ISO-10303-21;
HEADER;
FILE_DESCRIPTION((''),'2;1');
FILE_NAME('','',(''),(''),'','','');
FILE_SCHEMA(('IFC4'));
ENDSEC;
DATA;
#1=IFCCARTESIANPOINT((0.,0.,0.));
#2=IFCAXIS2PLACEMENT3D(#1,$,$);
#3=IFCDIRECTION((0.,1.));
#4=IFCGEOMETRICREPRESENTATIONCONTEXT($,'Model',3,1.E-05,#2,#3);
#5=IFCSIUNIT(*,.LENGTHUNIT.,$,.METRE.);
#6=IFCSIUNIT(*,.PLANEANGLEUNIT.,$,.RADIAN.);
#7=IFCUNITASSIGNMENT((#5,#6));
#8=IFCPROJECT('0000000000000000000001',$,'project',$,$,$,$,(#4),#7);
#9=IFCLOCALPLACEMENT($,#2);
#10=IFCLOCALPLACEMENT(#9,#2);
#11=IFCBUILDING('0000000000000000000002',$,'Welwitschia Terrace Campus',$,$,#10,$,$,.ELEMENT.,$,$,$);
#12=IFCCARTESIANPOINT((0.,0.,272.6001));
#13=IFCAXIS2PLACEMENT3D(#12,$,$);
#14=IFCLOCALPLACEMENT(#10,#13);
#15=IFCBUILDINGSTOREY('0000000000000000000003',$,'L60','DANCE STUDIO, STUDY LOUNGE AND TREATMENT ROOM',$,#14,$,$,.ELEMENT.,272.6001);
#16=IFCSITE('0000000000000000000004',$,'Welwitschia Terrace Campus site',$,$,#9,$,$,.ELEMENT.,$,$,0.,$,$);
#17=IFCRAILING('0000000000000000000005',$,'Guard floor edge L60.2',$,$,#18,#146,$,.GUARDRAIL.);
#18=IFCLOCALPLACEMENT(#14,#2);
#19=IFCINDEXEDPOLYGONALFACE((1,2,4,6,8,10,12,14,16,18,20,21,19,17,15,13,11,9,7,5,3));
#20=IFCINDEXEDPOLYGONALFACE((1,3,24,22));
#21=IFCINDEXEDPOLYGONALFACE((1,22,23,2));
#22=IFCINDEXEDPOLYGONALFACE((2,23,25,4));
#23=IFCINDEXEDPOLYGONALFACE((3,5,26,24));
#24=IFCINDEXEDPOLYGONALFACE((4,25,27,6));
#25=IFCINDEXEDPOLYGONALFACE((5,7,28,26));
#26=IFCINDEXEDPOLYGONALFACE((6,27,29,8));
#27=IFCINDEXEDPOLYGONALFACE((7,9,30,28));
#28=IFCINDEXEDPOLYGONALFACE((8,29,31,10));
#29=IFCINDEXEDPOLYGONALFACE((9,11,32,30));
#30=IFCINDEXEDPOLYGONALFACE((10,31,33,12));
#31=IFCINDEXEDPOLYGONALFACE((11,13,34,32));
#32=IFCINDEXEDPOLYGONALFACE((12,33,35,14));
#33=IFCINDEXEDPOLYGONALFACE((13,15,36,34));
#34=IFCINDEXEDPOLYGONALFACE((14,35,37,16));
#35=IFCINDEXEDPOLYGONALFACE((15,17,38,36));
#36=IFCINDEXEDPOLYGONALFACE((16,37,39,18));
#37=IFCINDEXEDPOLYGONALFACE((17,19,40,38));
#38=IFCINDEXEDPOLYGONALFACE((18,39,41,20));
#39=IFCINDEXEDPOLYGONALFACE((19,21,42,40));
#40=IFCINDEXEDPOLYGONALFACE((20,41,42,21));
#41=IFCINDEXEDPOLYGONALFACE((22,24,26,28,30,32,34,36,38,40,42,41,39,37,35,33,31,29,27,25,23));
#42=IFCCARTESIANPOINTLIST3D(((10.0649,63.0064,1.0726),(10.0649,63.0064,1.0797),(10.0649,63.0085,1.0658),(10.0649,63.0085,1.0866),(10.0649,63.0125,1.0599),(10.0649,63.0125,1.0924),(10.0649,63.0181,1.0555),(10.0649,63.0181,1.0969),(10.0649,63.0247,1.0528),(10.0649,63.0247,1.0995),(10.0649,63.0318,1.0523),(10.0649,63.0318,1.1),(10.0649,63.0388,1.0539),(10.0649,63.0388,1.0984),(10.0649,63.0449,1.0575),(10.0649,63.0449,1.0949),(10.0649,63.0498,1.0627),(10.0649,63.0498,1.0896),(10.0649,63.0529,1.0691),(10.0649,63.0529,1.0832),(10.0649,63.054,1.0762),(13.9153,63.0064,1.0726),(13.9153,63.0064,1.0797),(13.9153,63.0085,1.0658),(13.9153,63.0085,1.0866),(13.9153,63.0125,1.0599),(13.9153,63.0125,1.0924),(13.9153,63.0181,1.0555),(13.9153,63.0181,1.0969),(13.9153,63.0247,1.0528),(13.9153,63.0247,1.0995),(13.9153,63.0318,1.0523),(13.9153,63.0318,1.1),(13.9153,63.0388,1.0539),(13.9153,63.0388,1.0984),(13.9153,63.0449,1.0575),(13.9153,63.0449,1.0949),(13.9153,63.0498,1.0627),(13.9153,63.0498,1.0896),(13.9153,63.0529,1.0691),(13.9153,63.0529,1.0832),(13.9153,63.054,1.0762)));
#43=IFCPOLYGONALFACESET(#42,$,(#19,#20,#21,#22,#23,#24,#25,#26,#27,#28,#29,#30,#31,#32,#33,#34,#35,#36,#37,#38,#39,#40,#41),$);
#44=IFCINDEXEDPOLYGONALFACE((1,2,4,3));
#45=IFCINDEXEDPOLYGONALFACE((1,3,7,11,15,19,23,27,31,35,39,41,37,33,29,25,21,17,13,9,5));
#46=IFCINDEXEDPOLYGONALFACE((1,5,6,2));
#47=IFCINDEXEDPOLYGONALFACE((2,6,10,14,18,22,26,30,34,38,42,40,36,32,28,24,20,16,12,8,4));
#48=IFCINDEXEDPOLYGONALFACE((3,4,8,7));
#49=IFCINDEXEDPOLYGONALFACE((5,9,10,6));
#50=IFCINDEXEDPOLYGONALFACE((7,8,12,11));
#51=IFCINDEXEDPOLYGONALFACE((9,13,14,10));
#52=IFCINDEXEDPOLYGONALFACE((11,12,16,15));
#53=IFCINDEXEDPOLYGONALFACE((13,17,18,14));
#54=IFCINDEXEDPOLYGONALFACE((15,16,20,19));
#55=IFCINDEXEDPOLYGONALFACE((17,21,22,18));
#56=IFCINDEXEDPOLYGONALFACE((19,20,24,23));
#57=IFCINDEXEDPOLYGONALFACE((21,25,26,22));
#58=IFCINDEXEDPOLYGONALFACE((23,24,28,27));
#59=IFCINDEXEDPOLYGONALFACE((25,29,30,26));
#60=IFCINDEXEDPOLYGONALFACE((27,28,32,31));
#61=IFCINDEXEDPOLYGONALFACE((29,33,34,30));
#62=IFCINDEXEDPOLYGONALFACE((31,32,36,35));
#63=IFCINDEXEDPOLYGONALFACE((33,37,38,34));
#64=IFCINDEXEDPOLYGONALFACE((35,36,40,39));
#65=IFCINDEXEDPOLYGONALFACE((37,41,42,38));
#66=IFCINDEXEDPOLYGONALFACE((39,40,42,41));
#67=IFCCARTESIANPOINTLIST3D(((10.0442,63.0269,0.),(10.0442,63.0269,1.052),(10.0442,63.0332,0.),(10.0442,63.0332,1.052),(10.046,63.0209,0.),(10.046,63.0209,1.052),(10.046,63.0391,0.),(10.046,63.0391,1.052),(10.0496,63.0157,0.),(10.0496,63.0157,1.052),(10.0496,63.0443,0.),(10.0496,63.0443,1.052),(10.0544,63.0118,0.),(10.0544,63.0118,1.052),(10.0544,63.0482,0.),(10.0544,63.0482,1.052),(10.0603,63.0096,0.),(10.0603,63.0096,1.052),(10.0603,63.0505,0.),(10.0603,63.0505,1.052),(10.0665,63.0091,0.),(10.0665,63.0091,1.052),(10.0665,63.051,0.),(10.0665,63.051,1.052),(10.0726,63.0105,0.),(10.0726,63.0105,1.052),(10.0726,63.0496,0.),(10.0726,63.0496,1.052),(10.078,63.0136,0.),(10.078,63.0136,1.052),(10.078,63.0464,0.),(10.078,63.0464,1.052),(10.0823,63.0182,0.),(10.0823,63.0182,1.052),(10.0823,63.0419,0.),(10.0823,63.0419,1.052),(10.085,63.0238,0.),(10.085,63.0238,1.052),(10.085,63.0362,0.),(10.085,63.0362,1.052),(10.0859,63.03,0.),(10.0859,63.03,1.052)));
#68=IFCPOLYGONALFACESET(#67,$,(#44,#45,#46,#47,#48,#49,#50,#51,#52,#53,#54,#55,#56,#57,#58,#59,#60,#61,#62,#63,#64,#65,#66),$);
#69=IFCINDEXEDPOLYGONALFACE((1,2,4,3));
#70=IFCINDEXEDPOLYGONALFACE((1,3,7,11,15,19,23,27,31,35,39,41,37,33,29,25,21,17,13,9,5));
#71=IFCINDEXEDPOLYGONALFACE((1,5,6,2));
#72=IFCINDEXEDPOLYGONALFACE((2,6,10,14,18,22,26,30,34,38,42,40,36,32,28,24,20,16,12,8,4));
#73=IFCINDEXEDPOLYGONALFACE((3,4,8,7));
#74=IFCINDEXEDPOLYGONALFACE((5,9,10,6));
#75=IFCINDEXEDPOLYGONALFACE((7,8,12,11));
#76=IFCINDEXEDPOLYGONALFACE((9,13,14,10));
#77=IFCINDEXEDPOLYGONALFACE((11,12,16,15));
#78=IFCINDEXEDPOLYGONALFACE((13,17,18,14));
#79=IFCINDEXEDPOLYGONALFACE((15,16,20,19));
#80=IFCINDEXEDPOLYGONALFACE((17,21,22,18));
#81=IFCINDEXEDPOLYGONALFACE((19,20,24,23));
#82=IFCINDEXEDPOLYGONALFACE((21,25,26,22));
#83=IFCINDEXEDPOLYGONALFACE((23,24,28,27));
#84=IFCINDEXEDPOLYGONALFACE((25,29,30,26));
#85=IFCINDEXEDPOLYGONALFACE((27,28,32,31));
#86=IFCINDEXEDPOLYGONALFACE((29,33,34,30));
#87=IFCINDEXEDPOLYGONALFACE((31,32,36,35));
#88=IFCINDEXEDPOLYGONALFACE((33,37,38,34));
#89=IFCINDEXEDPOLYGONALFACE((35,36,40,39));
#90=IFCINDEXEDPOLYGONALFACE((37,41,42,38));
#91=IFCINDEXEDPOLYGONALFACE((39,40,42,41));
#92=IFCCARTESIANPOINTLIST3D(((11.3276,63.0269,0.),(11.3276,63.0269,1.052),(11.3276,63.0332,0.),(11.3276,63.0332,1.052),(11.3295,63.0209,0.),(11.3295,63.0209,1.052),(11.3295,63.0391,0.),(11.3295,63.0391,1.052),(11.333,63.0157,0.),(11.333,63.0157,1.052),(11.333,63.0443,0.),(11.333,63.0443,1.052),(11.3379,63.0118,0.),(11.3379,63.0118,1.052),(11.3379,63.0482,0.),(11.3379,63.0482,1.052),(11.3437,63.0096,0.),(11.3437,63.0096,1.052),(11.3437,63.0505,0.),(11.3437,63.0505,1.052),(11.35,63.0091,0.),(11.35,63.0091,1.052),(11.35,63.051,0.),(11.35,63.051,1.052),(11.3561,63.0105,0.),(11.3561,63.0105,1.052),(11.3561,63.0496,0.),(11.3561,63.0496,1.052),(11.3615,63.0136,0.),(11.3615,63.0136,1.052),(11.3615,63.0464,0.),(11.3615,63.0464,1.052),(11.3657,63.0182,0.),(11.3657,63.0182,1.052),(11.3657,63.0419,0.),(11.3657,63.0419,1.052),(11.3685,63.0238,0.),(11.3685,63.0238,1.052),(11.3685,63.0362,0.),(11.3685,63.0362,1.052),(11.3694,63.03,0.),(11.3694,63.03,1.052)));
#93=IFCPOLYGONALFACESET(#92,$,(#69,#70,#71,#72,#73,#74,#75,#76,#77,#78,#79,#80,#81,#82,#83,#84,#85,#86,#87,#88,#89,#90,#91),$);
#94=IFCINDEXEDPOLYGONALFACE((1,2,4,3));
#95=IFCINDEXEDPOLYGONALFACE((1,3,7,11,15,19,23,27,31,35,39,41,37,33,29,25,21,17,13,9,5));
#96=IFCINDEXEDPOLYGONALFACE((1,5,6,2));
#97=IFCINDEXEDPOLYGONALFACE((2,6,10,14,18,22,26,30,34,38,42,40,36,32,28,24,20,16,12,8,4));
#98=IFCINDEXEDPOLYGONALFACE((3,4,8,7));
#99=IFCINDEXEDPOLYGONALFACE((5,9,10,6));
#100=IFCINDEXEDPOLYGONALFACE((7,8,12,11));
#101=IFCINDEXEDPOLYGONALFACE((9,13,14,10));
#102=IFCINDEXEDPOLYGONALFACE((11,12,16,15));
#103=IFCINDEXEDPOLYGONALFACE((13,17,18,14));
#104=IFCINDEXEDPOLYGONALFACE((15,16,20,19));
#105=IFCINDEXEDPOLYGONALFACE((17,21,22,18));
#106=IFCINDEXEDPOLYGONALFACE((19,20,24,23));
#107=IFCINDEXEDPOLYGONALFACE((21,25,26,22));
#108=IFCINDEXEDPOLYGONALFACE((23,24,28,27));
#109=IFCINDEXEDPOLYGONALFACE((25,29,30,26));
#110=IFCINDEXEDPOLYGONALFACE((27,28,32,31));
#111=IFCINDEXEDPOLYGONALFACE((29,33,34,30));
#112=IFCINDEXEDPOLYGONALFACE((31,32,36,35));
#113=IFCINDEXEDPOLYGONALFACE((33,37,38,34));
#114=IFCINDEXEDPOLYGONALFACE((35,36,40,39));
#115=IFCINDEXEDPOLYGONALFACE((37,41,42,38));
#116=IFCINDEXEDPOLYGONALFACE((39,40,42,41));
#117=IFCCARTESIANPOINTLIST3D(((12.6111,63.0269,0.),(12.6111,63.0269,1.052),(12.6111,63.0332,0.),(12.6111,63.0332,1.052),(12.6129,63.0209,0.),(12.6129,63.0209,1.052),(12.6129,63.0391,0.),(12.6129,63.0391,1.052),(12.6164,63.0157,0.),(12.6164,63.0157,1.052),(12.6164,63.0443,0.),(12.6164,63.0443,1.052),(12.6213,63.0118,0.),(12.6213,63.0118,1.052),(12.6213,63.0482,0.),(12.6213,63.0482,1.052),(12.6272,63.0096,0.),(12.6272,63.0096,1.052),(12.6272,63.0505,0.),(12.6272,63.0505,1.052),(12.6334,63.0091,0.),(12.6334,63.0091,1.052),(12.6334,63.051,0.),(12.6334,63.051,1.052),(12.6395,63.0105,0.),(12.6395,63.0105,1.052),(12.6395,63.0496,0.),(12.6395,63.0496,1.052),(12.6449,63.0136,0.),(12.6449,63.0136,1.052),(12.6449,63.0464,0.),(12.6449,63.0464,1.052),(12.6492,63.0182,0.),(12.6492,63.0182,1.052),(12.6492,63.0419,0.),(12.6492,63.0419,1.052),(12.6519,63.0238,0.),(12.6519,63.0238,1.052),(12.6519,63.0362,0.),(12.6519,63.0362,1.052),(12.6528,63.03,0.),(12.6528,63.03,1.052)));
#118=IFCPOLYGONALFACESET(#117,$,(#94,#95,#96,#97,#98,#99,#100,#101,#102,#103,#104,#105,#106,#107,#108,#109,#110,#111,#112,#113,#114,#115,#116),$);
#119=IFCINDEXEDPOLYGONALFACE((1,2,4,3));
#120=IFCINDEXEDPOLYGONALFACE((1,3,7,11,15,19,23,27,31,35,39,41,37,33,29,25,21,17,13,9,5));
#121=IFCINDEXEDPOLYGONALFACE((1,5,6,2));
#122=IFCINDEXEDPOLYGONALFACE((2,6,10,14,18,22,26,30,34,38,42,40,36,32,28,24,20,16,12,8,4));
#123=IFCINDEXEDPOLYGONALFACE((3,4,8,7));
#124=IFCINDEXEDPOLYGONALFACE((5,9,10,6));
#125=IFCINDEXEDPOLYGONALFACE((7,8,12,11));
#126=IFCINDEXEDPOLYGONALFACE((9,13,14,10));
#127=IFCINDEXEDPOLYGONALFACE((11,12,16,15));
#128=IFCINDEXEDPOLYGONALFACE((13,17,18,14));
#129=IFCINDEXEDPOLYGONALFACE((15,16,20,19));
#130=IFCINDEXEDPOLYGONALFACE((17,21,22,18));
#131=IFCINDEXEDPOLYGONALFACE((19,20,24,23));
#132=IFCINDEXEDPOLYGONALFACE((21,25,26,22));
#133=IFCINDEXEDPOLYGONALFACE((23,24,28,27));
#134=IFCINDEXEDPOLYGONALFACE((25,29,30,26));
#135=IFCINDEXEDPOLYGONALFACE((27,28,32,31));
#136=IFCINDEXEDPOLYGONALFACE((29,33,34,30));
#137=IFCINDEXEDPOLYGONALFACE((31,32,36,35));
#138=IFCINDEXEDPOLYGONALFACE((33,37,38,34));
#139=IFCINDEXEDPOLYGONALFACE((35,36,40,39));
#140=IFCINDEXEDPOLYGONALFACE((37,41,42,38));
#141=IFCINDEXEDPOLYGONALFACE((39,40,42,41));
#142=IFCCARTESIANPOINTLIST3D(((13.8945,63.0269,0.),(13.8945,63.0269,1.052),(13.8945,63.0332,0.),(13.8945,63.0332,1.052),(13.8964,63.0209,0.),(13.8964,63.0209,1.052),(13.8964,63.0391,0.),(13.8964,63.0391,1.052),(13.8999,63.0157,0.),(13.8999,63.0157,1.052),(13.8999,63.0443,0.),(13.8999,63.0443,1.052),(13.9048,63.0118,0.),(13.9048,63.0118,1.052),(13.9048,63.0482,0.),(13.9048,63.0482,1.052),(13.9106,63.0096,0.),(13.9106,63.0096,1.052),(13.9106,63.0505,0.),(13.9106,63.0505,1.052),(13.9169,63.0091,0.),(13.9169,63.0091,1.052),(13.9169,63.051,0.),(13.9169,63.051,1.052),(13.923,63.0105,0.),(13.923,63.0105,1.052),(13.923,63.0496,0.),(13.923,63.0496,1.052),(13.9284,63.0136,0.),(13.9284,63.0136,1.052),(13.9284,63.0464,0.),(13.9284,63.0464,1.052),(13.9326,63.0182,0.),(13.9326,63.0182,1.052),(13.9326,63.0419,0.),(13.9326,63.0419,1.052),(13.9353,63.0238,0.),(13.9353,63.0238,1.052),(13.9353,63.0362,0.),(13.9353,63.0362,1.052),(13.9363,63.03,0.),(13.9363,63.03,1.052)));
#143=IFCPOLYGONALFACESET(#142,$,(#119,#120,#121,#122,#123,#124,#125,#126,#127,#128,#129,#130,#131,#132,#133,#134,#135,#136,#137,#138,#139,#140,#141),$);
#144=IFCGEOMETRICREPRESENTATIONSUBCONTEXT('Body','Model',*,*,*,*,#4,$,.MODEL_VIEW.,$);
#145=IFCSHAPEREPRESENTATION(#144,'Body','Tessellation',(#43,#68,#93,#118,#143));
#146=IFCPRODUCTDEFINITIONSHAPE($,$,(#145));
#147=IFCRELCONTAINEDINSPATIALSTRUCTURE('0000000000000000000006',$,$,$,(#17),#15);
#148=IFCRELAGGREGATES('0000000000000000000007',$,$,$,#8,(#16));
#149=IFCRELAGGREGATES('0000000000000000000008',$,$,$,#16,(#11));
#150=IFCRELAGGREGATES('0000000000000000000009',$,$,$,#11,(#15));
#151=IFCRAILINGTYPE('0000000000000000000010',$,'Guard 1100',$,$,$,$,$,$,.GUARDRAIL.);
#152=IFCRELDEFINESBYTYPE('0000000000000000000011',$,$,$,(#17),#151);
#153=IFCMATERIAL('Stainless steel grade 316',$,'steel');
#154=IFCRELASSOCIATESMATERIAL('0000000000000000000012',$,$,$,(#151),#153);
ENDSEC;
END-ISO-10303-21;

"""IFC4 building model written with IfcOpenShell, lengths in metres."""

from ifc_helpers import new_model, si_unit, direction, frame, origin, origin_2d, place, context, subcontext, project, spatial, circle, extrude, material, type_object, element, save


model = new_model("IFC4")

# Units and contexts
model_context = context("Model", 3, precision=1e-05, world=origin(), true_north=direction((0.0, 1.0)))
body_context = subcontext(model_context, "Body", "Model", "MODEL_VIEW")
ifc_project = project(units=[si_unit("LENGTHUNIT", "METRE"), si_unit("PLANEANGLEUNIT", "RADIAN")], contexts=[model_context])

# Site, building, storey
site_placement = place(None, origin())
site = spatial("IfcSite", under=ifc_project, at=site_placement, Name="Welwitschia Terrace Campus site", CompositionType="ELEMENT", RefElevation=0.0)
building_placement = place(site_placement, origin())
building = spatial("IfcBuilding", under=site, at=building_placement, Name="Welwitschia Terrace Campus", CompositionType="ELEMENT")
storey_placement = place(building_placement, frame((0.0, 0.0, 272.6001)))
storey = spatial("IfcBuildingStorey", under=building, at=storey_placement, Name="L60", Description="DANCE STUDIO, STUDY LOUNGE AND TREATMENT ROOM", CompositionType="ELEMENT", Elevation=272.6001)

# Railing
ifc_material_1 = material(Name="Stainless steel grade 316", Category="steel")
railing_type = type_object("IfcRailingType", Name="Guard 1100", PredefinedType="GUARDRAIL", material=ifc_material_1)
railing_1_placement = place(storey_placement, frame((10.0649, 63.03, 0.0)))
element("IfcRailing", 1, at=railing_1_placement, inside=storey, type_object=railing_type, Name="Guard floor edge L60.2", PredefinedType="GUARDRAIL", context=body_context, shape_type="SweptSolid", body=[
    extrude(circle(Radius=0.0239, at=origin_2d()), frame((0.0, 0.0, 1.0762), z_axis=(1.0, 0.0, 0.0), x_axis=(0.0, 1.0, 0.0)), (0.0, 0.0, 1.0), 3.8503),
    extrude(circle(Radius=0.021, at=origin_2d()), origin(), (0.0, 0.0, 1.0), 1.052),
    extrude(circle(Radius=0.021, at=origin_2d()), frame((1.2834, 0.0, 0.0)), (0.0, 0.0, 1.0), 1.052),
    extrude(circle(Radius=0.021, at=origin_2d()), frame((2.5669, 0.0, 0.0)), (0.0, 0.0, 1.0), 1.052),
    extrude(circle(Radius=0.021, at=origin_2d()), frame((3.8503, 0.0, 0.0)), (0.0, 0.0, 1.0), 1.052),
])

save(model, "model.ifc")
